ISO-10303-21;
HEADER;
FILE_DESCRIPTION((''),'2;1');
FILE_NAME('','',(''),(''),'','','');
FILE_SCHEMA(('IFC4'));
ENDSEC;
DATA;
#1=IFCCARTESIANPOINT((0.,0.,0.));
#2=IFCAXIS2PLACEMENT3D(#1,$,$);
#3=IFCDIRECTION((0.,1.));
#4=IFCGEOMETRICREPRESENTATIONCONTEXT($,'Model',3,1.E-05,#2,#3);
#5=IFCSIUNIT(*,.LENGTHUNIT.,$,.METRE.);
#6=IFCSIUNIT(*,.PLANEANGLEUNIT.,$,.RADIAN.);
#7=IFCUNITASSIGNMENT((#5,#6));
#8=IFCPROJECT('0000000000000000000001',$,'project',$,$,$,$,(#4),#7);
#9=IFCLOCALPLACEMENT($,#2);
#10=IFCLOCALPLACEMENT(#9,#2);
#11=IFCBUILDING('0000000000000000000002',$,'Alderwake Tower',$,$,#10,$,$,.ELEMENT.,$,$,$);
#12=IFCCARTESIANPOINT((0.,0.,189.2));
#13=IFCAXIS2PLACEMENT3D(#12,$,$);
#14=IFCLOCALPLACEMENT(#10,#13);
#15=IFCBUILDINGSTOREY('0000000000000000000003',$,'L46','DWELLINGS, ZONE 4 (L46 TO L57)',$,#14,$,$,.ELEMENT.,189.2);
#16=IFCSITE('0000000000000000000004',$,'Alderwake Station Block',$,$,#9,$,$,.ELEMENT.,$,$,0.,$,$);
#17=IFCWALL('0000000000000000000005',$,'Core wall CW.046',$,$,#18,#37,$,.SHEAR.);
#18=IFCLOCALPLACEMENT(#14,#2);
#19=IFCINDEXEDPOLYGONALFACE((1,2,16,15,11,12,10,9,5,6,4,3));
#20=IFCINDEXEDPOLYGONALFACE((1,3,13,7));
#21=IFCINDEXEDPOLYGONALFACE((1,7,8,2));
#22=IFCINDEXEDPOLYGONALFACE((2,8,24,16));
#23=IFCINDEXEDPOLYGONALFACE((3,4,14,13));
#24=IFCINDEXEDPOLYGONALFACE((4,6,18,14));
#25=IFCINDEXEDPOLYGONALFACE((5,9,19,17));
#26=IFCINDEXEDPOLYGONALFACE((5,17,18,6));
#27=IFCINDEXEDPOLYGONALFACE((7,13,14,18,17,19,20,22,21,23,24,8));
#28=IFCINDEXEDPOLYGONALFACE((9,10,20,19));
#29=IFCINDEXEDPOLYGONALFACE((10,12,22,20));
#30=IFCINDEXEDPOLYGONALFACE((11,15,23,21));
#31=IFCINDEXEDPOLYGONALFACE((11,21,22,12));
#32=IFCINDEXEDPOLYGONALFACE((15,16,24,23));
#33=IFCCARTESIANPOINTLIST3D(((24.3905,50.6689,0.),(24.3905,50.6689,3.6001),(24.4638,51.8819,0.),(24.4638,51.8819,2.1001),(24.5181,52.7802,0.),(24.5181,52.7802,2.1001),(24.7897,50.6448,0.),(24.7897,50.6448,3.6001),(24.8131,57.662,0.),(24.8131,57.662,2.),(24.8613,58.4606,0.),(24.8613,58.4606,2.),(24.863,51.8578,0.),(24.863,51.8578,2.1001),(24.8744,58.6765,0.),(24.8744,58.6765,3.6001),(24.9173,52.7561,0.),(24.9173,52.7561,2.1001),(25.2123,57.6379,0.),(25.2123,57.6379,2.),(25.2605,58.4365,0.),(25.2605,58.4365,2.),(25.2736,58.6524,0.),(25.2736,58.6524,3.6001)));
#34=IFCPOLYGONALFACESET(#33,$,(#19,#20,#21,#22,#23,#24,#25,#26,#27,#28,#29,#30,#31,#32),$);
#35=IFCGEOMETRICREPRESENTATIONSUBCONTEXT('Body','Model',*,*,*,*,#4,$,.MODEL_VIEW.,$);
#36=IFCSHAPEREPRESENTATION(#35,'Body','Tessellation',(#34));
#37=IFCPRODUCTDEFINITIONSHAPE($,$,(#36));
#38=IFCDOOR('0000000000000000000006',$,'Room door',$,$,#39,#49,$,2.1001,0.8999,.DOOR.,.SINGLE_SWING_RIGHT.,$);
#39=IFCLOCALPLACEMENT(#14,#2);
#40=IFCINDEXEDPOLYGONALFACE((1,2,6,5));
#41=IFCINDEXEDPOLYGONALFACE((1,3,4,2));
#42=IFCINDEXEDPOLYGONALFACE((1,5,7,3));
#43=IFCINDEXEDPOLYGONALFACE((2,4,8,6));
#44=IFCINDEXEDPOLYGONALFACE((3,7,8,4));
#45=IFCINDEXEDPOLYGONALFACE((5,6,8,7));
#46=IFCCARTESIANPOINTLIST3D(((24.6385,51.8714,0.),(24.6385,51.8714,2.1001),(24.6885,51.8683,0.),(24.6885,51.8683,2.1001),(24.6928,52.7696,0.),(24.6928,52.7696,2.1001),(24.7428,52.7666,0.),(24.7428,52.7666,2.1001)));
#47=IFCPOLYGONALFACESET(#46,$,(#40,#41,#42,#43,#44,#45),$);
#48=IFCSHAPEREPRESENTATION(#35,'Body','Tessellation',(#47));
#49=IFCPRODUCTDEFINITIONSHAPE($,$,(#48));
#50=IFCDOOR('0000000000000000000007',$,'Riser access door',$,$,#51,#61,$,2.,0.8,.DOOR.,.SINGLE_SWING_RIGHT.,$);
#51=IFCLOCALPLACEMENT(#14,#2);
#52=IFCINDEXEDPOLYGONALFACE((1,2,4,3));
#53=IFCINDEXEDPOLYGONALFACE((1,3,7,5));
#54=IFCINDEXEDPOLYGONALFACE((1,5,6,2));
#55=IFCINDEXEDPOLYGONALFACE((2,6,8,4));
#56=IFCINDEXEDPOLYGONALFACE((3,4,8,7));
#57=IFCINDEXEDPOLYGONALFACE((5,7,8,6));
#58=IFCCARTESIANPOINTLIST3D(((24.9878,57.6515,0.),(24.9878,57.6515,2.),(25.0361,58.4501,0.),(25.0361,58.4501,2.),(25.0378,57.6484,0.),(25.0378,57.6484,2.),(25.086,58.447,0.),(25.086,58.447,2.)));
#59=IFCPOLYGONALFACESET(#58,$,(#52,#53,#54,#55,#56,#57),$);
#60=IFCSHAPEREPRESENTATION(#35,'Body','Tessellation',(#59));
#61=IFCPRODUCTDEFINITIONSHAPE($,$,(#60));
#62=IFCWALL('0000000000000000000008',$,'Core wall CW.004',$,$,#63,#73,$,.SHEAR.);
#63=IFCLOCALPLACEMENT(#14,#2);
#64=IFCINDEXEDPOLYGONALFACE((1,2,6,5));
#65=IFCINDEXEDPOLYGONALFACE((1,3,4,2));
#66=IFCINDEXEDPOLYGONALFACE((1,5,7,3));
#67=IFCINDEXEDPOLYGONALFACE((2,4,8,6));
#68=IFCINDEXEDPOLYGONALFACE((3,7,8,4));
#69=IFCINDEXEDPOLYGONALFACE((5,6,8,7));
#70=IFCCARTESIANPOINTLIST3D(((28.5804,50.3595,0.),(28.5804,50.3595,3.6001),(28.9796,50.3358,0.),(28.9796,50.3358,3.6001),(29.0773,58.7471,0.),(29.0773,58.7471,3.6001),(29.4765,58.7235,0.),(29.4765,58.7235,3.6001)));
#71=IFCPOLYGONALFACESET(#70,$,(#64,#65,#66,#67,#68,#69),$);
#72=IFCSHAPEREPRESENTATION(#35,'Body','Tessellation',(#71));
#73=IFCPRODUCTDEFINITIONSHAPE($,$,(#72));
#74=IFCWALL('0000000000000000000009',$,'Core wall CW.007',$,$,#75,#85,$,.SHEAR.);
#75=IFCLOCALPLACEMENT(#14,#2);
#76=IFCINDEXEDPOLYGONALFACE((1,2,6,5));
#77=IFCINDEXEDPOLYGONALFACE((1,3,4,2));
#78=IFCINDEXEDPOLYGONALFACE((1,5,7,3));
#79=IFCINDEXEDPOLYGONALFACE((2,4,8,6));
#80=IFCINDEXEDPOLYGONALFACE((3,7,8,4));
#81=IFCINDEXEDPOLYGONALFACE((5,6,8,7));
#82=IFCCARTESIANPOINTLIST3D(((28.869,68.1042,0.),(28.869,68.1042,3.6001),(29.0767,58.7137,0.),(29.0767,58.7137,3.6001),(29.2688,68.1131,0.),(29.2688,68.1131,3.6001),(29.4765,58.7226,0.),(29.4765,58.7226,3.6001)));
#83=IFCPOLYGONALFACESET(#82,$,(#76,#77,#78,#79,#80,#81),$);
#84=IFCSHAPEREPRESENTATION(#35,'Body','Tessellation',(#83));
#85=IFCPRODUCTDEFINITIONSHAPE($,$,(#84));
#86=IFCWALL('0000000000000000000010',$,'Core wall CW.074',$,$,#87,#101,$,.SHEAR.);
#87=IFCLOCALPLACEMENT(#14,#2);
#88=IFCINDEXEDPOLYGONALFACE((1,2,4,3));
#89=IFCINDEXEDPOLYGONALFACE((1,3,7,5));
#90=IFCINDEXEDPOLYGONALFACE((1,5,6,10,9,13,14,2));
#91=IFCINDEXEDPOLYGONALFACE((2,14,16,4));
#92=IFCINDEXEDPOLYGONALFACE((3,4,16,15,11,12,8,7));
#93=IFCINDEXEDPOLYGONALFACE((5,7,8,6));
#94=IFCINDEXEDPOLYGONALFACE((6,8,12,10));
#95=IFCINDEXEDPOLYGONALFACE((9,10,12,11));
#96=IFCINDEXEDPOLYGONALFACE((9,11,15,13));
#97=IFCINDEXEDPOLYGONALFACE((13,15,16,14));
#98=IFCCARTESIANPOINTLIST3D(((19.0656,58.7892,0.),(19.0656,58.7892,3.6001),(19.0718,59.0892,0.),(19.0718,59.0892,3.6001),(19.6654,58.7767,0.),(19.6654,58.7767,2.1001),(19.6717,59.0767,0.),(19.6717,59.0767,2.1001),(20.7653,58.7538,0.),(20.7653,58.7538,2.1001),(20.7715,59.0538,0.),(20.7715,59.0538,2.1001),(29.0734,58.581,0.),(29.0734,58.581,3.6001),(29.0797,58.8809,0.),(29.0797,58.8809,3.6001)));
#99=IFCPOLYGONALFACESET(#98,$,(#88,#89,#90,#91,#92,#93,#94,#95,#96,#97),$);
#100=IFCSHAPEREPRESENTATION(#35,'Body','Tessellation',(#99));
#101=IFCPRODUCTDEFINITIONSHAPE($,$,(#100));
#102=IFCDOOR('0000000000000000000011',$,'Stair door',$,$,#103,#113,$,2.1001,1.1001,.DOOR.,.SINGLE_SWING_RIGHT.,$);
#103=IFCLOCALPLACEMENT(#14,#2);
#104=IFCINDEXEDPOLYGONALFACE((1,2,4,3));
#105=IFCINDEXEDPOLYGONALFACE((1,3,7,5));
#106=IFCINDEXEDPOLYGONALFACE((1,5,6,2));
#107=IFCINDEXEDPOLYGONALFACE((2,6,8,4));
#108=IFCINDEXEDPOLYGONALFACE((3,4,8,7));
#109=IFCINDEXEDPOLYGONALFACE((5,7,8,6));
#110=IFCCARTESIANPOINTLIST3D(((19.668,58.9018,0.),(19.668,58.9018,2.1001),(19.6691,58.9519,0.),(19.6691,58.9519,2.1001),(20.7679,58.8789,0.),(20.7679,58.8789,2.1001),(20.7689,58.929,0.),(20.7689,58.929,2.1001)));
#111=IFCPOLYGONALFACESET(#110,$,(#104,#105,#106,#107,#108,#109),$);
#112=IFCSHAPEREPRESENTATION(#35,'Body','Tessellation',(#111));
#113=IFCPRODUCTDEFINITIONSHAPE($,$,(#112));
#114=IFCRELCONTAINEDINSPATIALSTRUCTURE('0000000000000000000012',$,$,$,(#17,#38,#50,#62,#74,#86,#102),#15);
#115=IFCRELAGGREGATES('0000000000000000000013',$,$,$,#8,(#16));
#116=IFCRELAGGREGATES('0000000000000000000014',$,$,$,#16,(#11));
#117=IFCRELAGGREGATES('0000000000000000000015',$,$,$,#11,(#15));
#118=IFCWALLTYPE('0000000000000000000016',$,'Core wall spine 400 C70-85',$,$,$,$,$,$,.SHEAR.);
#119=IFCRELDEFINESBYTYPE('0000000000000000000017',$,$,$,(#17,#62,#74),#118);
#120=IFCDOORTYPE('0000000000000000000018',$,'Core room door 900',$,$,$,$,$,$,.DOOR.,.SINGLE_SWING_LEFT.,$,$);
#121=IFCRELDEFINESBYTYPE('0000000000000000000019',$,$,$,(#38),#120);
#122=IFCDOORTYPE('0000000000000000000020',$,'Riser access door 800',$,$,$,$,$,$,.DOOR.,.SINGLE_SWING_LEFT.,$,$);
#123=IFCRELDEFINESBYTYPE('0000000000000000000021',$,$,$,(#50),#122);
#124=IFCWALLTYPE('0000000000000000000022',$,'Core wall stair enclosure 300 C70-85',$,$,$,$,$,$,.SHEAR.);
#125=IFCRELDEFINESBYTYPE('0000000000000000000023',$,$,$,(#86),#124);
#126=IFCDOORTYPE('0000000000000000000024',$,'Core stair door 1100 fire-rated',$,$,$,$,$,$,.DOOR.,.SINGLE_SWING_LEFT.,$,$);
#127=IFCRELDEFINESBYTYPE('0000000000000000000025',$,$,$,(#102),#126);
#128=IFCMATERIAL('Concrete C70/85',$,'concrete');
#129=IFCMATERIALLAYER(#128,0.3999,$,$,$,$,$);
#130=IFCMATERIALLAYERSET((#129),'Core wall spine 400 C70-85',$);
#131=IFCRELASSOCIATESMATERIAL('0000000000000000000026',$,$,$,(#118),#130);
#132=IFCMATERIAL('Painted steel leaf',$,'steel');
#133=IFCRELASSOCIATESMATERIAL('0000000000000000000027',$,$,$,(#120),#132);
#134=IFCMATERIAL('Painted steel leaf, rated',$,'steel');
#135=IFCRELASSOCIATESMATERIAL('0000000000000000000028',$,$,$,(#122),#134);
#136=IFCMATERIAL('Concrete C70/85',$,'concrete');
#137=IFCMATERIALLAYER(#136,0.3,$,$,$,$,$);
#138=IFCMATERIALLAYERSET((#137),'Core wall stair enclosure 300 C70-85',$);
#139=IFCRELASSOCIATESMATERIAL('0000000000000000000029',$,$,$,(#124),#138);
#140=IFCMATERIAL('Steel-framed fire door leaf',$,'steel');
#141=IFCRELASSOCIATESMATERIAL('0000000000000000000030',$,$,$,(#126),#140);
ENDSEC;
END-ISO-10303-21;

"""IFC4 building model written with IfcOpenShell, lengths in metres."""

from ifc_helpers import new_model, si_unit, direction, frame, frame_2d, origin, place, context, subcontext, project, spatial, rectangle, extrude, material, layer, layer_set, type_object, element, fill, save


model = new_model("IFC4")

# Units and contexts
model_context = context("Model", 3, precision=1e-05, world=origin(), true_north=direction((0.0, 1.0)))
body_context = subcontext(model_context, "Body", "Model", "MODEL_VIEW")
ifc_project = project(units=[si_unit("LENGTHUNIT", "METRE"), si_unit("PLANEANGLEUNIT", "RADIAN")], contexts=[model_context])

# Site, building, storey
site_placement = place(None, origin())
site = spatial("IfcSite", under=ifc_project, at=site_placement, Name="Alderwake Station Block", CompositionType="ELEMENT", RefElevation=0.0)
building_placement = place(site_placement, origin())
building = spatial("IfcBuilding", under=site, at=building_placement, Name="Alderwake Tower", CompositionType="ELEMENT")
storey_placement = place(building_placement, frame((0.0, 0.0, 189.2)))
storey = spatial("IfcBuildingStorey", under=building, at=storey_placement, Name="L46", Description="DWELLINGS, ZONE 4 (L46 TO L57)", CompositionType="ELEMENT", Elevation=189.2)

# Shared definitions
ifc_material_1 = material(Name="Concrete C70/85", Category="concrete")
ifc_layer_1 = layer(ifc_material_1, 0.3999)
ifc_layer_set_1 = layer_set([ifc_layer_1], Name="Core wall spine 400 C70-85")
wall_type_1 = type_object("IfcWallType", Name="Core wall spine 400 C70-85", PredefinedType="SHEAR", material=ifc_layer_set_1)
ifc_material_2 = material(Name="Painted steel leaf", Category="steel")
door_type_1 = type_object("IfcDoorType", Name="Core room door 900", OperationType="SINGLE_SWING_LEFT", PredefinedType="DOOR", material=ifc_material_2)

# Wall, openings, doors
wall_1_placement = place(storey_placement, frame((24.5901, 50.6567, 0.0), z_axis=(0.0, 0.0, 1.0), x_axis=(0.060319, 0.998179, 0.0)))
wall_1 = element("IfcWall", 1, at=wall_1_placement, inside=storey, type_object=wall_type_1, Name="Core wall CW.046", PredefinedType="SHEAR", context=body_context, shape_type="SweptSolid", body=[
    extrude(rectangle(XDim=8.0222, YDim=0.3999, at=frame_2d((4.0112, 0.0))), origin(), (0.0, 0.0, 1.0), 3.6001),
])
opening_1_placement = place(wall_1_placement, frame((7.0061, 0.0, 0.0)))
opening_1 = element("IfcOpeningElement", 2, at=opening_1_placement, cuts=wall_1, PredefinedType="OPENING", context=body_context, shape_type="SweptSolid", body=[
    extrude(rectangle(XDim=0.8, YDim=2.0, at=frame_2d((0.3999, 1.0))), frame((0.0, 0.21, 0.0), z_axis=(0.0, -1.0, 0.0), x_axis=(1.0, 0.0, 0.0)), (0.0, 0.0, 1.0), 0.4199),
])
opening_2_placement = place(wall_1_placement, frame((1.2153, 0.0, 0.0)))
opening_2 = element("IfcOpeningElement", 3, at=opening_2_placement, cuts=wall_1, PredefinedType="OPENING", context=body_context, shape_type="SweptSolid", body=[
    extrude(rectangle(XDim=0.8999, YDim=2.1001, at=frame_2d((0.45, 1.05))), frame((0.0, 0.21, 0.0), z_axis=(0.0, -1.0, 0.0), x_axis=(1.0, 0.0, 0.0)), (0.0, 0.0, 1.0), 0.4199),
])
door_1_placement = place(opening_2_placement, origin())
door_1 = element("IfcDoor", 4, at=door_1_placement, inside=storey, type_object=door_type_1, Name="Room door", OperationType="SINGLE_SWING_RIGHT", OverallHeight=2.1001, OverallWidth=0.8999, PredefinedType="DOOR", context=body_context, shape_type="SweptSolid", body=[
    extrude(rectangle(XDim=0.8999, YDim=2.1001, at=frame_2d((0.45, 1.05))), frame((0.0, 0.0249, 0.0), z_axis=(0.0, -1.0, 0.0), x_axis=(1.0, 0.0, 0.0)), (0.0, 0.0, 1.0), 0.05),
])
fill(opening_2, door_1)
ifc_material_3 = material(Name="Painted steel leaf, rated", Category="steel")
door_type_2 = type_object("IfcDoorType", Name="Riser access door 800", OperationType="SINGLE_SWING_LEFT", PredefinedType="DOOR", material=ifc_material_3)
door_2_placement = place(opening_1_placement, origin())
door_2 = element("IfcDoor", 5, at=door_2_placement, inside=storey, type_object=door_type_2, Name="Riser access door", OperationType="SINGLE_SWING_RIGHT", OverallHeight=2.0, OverallWidth=0.8, PredefinedType="DOOR", context=body_context, shape_type="SweptSolid", body=[
    extrude(rectangle(XDim=0.8, YDim=2.0, at=frame_2d((0.3999, 1.0))), frame((0.0, 0.0249, 0.0), z_axis=(0.0, -1.0, 0.0), x_axis=(1.0, 0.0, 0.0)), (0.0, 0.0, 1.0), 0.05),
])
fill(opening_1, door_2)

# Walls
wall_2_placement = place(storey_placement, frame((28.78, 50.3477, 0.0), z_axis=(0.0, 0.0, 1.0), x_axis=(0.059129, 0.99825, 0.0)))
element("IfcWall", 6, at=wall_2_placement, inside=storey, type_object=wall_type_1, Name="Core wall CW.004", PredefinedType="SHEAR", context=body_context, shape_type="SweptSolid", body=[
    extrude(rectangle(XDim=8.4023, YDim=0.3999, at=frame_2d((4.2012, 0.0))), origin(), (0.0, 0.0, 1.0), 3.6001),
])
wall_3_placement = place(storey_placement, frame((29.2766, 58.7183, 0.0), z_axis=(0.0, 0.0, 1.0), x_axis=(-0.022119, 0.999755, 0.0)))
element("IfcWall", 7, at=wall_3_placement, inside=storey, type_object=wall_type_1, Name="Core wall CW.007", PredefinedType="SHEAR", context=body_context, shape_type="SweptSolid", body=[
    extrude(rectangle(XDim=9.3928, YDim=0.3999, at=frame_2d((4.6963, 0.0))), origin(), (0.0, 0.0, 1.0), 3.6001),
])

# Wall, opening, door
ifc_material_4 = material(Name="Concrete C70/85", Category="concrete")
ifc_layer_2 = layer(ifc_material_4, 0.3)
ifc_layer_set_2 = layer_set([ifc_layer_2], Name="Core wall stair enclosure 300 C70-85")
wall_type_2 = type_object("IfcWallType", Name="Core wall stair enclosure 300 C70-85", PredefinedType="SHEAR", material=ifc_layer_set_2)
wall_4_placement = place(storey_placement, frame((29.0764, 58.731, 0.0), z_axis=(0.0, 0.0, 1.0), x_axis=(-0.999784, 0.020804, 0.0)))
wall_4 = element("IfcWall", 8, at=wall_4_placement, inside=storey, type_object=wall_type_2, Name="Core wall CW.074", PredefinedType="SHEAR", context=body_context, shape_type="SweptSolid", body=[
    extrude(rectangle(XDim=10.01, YDim=0.3, at=frame_2d((5.0049, 0.0))), origin(), (0.0, 0.0, 1.0), 3.6001),
])
opening_3_placement = place(wall_4_placement, frame((8.3098, 0.0, 0.0)))
opening_3 = element("IfcOpeningElement", 9, at=opening_3_placement, cuts=wall_4, PredefinedType="OPENING", context=body_context, shape_type="SweptSolid", body=[
    extrude(rectangle(XDim=1.1001, YDim=2.1001, at=frame_2d((0.55, 1.05))), frame((0.0, 0.1599, 0.0), z_axis=(0.0, -1.0, 0.0), x_axis=(1.0, 0.0, 0.0)), (0.0, 0.0, 1.0), 0.3201),
])
ifc_material_5 = material(Name="Steel-framed fire door leaf", Category="steel")
door_type_3 = type_object("IfcDoorType", Name="Core stair door 1100 fire-rated", OperationType="SINGLE_SWING_LEFT", PredefinedType="DOOR", material=ifc_material_5)
door_3_placement = place(opening_3_placement, origin())
door_3 = element("IfcDoor", 10, at=door_3_placement, inside=storey, type_object=door_type_3, Name="Stair door", OperationType="SINGLE_SWING_RIGHT", OverallHeight=2.1001, OverallWidth=1.1001, PredefinedType="DOOR", context=body_context, shape_type="SweptSolid", body=[
    extrude(rectangle(XDim=1.1001, YDim=2.1001, at=frame_2d((0.55, 1.05))), frame((0.0, 0.0249, 0.0), z_axis=(0.0, -1.0, 0.0), x_axis=(1.0, 0.0, 0.0)), (0.0, 0.0, 1.0), 0.05),
])
fill(opening_3, door_3)

save(model, "model.ifc")
